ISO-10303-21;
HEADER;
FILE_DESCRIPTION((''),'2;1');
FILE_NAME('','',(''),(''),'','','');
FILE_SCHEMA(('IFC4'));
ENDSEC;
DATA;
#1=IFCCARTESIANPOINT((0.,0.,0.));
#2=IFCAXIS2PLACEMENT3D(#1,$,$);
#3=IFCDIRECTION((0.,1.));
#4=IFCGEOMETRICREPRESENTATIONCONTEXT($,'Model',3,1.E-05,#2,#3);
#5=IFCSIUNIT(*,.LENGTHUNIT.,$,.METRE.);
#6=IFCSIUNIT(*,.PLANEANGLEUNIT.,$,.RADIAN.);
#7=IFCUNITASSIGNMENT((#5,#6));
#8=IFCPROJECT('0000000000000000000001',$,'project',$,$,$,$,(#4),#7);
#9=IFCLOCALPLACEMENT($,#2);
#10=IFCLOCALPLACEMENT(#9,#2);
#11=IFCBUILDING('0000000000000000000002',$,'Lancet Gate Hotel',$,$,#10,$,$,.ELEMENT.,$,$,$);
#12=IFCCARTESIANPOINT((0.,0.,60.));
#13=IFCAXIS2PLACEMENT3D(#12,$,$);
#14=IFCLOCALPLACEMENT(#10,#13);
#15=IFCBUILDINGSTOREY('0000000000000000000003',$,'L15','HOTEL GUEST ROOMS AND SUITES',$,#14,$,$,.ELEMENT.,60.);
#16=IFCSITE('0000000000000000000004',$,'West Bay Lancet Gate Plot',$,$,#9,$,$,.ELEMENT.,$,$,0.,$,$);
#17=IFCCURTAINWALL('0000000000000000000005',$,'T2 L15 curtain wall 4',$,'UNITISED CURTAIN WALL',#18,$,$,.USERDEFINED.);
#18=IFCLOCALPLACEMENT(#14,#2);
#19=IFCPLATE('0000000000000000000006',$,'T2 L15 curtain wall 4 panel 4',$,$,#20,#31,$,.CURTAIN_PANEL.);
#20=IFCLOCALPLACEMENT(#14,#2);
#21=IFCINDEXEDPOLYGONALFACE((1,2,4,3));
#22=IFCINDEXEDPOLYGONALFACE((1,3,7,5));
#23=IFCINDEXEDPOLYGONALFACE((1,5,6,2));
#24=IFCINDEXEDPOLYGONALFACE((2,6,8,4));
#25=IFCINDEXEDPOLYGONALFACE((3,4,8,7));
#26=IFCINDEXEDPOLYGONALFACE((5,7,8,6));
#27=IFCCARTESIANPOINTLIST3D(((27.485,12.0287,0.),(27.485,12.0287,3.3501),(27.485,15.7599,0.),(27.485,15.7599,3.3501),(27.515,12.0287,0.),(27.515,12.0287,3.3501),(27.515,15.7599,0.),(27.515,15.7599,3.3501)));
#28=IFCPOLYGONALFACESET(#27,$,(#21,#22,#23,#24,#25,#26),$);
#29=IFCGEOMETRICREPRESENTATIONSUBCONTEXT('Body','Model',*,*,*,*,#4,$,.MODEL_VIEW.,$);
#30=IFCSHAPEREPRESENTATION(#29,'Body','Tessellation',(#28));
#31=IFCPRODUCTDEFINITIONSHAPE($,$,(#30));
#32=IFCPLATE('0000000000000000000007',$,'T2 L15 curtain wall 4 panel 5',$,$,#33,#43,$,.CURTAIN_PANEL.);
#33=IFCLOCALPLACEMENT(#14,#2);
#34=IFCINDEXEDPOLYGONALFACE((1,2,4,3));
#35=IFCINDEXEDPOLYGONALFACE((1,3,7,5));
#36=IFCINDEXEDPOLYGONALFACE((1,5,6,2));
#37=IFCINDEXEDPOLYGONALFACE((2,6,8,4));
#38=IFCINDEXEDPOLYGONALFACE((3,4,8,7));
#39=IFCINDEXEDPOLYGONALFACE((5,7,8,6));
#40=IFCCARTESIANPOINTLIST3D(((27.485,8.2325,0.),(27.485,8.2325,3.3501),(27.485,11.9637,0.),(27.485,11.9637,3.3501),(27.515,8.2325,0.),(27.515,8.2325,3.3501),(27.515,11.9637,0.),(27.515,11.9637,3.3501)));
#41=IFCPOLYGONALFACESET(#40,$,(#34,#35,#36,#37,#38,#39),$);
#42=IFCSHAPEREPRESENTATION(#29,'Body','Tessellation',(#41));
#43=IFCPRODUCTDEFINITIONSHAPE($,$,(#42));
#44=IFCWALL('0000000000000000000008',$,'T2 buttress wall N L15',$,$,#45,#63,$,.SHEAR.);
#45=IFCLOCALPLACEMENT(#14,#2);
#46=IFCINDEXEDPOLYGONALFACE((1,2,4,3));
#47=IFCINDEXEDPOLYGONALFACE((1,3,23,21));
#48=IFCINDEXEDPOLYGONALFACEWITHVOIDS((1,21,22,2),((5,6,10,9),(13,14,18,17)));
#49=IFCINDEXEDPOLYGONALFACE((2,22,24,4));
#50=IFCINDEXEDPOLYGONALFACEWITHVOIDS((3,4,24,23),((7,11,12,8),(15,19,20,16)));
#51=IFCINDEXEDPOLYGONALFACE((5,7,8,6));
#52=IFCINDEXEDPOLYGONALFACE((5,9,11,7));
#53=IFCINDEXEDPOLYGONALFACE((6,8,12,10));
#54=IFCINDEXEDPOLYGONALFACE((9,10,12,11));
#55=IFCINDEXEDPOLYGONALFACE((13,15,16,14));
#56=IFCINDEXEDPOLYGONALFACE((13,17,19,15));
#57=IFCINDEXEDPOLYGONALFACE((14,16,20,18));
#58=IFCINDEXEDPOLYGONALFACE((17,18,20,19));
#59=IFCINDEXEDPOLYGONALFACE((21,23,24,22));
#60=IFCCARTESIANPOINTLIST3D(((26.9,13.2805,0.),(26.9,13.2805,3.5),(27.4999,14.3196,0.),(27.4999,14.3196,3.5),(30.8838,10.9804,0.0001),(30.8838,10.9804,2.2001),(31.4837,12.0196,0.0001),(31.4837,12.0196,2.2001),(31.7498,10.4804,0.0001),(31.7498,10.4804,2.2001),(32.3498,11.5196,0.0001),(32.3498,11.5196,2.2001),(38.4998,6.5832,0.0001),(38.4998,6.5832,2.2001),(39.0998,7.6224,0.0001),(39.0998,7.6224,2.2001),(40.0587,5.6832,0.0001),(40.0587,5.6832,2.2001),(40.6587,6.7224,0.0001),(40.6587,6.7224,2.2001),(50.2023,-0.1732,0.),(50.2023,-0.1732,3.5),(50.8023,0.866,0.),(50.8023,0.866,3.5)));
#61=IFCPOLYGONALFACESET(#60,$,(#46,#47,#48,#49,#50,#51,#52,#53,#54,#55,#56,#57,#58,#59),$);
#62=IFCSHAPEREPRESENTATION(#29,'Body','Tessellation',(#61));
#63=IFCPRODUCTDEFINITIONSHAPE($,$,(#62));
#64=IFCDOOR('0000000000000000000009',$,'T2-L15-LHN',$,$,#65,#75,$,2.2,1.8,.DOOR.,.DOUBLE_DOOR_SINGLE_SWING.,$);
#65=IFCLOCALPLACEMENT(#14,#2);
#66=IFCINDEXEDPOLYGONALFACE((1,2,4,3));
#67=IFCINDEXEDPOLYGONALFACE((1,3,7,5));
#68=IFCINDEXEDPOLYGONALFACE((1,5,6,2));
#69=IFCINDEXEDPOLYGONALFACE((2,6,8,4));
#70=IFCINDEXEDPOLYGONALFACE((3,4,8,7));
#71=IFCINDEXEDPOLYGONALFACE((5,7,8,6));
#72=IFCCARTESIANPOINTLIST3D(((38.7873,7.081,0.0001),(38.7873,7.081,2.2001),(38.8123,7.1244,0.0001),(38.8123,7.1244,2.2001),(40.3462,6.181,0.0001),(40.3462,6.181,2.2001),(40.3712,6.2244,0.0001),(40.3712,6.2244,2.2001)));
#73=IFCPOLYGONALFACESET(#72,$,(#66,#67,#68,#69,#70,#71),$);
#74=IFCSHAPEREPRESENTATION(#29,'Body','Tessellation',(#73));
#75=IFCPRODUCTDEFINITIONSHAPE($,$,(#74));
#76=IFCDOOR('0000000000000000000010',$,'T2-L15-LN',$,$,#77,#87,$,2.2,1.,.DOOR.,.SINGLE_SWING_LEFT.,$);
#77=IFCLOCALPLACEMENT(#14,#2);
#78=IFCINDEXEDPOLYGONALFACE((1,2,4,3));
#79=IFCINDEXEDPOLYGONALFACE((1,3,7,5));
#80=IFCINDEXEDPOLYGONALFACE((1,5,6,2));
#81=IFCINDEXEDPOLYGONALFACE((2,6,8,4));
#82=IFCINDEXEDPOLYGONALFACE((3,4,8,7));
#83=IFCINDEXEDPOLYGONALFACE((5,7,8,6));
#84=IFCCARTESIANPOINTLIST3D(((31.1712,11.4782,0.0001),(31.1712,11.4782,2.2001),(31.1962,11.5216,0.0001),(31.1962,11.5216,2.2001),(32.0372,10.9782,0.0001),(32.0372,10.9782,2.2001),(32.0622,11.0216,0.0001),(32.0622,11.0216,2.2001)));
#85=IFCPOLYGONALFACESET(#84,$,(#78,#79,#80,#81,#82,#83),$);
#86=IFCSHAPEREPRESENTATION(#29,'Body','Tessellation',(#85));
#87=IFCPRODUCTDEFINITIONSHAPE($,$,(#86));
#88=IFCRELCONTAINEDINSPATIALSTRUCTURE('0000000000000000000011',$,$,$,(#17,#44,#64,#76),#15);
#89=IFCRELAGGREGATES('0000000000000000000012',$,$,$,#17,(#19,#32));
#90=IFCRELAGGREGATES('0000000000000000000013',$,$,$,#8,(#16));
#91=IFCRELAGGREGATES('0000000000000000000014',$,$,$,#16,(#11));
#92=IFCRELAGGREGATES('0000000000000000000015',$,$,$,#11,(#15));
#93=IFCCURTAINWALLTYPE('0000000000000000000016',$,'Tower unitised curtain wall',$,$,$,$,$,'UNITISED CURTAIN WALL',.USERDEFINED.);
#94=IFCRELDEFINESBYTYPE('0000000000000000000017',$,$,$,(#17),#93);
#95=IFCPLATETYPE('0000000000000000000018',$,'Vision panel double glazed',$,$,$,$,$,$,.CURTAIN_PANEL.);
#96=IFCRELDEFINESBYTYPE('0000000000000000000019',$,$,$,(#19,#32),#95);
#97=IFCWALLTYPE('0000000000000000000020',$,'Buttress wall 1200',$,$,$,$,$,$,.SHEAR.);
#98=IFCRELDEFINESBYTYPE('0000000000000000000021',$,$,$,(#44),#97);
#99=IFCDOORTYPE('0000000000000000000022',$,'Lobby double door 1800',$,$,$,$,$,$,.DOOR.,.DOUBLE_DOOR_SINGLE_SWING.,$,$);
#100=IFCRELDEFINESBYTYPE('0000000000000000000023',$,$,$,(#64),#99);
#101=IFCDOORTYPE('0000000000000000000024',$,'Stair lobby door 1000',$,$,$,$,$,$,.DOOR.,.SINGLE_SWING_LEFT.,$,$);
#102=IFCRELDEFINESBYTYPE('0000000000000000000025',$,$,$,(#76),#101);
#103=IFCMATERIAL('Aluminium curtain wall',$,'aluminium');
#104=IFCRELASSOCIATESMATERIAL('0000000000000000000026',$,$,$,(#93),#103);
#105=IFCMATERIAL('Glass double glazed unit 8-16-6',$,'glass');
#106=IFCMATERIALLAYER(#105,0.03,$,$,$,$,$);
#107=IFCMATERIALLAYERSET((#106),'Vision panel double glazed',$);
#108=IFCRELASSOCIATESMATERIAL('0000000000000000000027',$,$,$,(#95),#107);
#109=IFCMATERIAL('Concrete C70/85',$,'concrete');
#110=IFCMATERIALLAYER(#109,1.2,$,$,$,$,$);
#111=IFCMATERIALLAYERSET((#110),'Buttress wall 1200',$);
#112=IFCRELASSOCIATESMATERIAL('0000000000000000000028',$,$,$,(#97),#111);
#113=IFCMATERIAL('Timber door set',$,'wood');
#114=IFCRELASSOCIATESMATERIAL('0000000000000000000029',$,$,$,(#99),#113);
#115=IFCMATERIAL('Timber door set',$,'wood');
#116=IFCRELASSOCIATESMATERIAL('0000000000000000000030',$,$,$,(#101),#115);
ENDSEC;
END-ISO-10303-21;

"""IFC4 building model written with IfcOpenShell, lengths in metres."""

from ifc_helpers import new_model, si_unit, direction, frame, frame_2d, origin, origin_2d, place, context, subcontext, project, spatial, rectangle, extrude, material, layer, layer_set, type_object, element, fill, aggregate, save


model = new_model("IFC4")

# Units and contexts
model_context = context("Model", 3, precision=1e-05, world=origin(), true_north=direction((0.0, 1.0)))
body_context = subcontext(model_context, "Body", "Model", "MODEL_VIEW")
ifc_project = project(units=[si_unit("LENGTHUNIT", "METRE"), si_unit("PLANEANGLEUNIT", "RADIAN")], contexts=[model_context])

# Site, building, storey
site_placement = place(None, origin())
site = spatial("IfcSite", under=ifc_project, at=site_placement, Name="West Bay Lancet Gate Plot", CompositionType="ELEMENT", RefElevation=0.0)
building_placement = place(site_placement, origin())
building = spatial("IfcBuilding", under=site, at=building_placement, Name="Lancet Gate Hotel", CompositionType="ELEMENT")
storey_placement = place(building_placement, frame((0.0, 0.0, 60.0)))
storey = spatial("IfcBuildingStorey", under=building, at=storey_placement, Name="L15", Description="HOTEL GUEST ROOMS AND SUITES", CompositionType="ELEMENT", Elevation=60.0)

# Curtain wall
ifc_material_1 = material(Name="Aluminium curtain wall", Category="aluminium")
curtain_wall_type = type_object("IfcCurtainWallType", Name="Tower unitised curtain wall", ElementType="UNITISED CURTAIN WALL", PredefinedType="USERDEFINED", material=ifc_material_1)
curtain_wall_placement = place(storey_placement, origin())
curtain_wall = element("IfcCurtainWall", 1, at=curtain_wall_placement, inside=storey, type_object=curtain_wall_type, Name="T2 L15 curtain wall 4", ObjectType="UNITISED CURTAIN WALL", PredefinedType="USERDEFINED")

# Plates
ifc_material_2 = material(Name="Glass double glazed unit 8-16-6", Category="glass")
ifc_layer_1 = layer(ifc_material_2, 0.03)
ifc_layer_set_1 = layer_set([ifc_layer_1], Name="Vision panel double glazed")
plate_type = type_object("IfcPlateType", Name="Vision panel double glazed", PredefinedType="CURTAIN_PANEL", material=ifc_layer_set_1)
plate_1_placement = place(storey_placement, frame((27.5, 13.8943, 0.0), z_axis=(0.0, 0.0, 1.0), x_axis=(0.0, -1.0, 0.0)))
plate_1 = element("IfcPlate", 2, at=plate_1_placement, type_object=plate_type, Name="T2 L15 curtain wall 4 panel 4", PredefinedType="CURTAIN_PANEL", context=body_context, shape_type="SweptSolid", body=[
    extrude(rectangle(XDim=3.7312, YDim=0.03, at=origin_2d()), origin(), (0.0, 0.0, 1.0), 3.3501),
])
plate_2_placement = place(storey_placement, frame((27.5, 10.0981, 0.0), z_axis=(0.0, 0.0, 1.0), x_axis=(0.0, -1.0, 0.0)))
plate_2 = element("IfcPlate", 3, at=plate_2_placement, type_object=plate_type, Name="T2 L15 curtain wall 4 panel 5", PredefinedType="CURTAIN_PANEL", context=body_context, shape_type="SweptSolid", body=[
    extrude(rectangle(XDim=3.7312, YDim=0.03, at=origin_2d()), origin(), (0.0, 0.0, 1.0), 3.3501),
])
aggregate(curtain_wall, [plate_1, plate_2])

# Wall, openings, doors
ifc_material_3 = material(Name="Concrete C70/85", Category="concrete")
ifc_layer_2 = layer(ifc_material_3, 1.2)
ifc_layer_set_2 = layer_set([ifc_layer_2], Name="Buttress wall 1200")
wall_type = type_object("IfcWallType", Name="Buttress wall 1200", PredefinedType="SHEAR", material=ifc_layer_set_2)
wall_placement = place(storey_placement, frame((27.2, 13.8, 0.0), z_axis=(0.0, 0.0, 1.0), x_axis=(0.866025, -0.500002, 0.0)))
wall = element("IfcWall", 4, at=wall_placement, inside=storey, type_object=wall_type, Name="T2 buttress wall N L15", PredefinedType="SHEAR", context=body_context, shape_type="SweptSolid", body=[
    extrude(rectangle(XDim=26.9072, YDim=1.2, at=frame_2d((13.4536, 0.0))), origin(), (0.0, 0.0, 1.0), 3.5),
])
opening_1_placement = place(wall_placement, frame((4.6001, 0.0, 0.0)))
opening_1 = element("IfcOpeningElement", 5, at=opening_1_placement, cuts=wall, PredefinedType="OPENING", context=body_context, shape_type="SweptSolid", body=[
    extrude(rectangle(XDim=1.0, YDim=2.2, at=frame_2d((0.5, 1.1001))), frame((0.0, 0.6099, 0.0), z_axis=(0.0, -1.0, 0.0), x_axis=(1.0, 0.0, 0.0)), (0.0, 0.0, 1.0), 1.22),
])
opening_2_placement = place(wall_placement, frame((13.3945, 0.0, 0.0)))
opening_2 = element("IfcOpeningElement", 6, at=opening_2_placement, cuts=wall, PredefinedType="OPENING", context=body_context, shape_type="SweptSolid", body=[
    extrude(rectangle(XDim=1.8, YDim=2.2, at=frame_2d((0.8999, 1.1001))), frame((0.0, 0.6099, 0.0), z_axis=(0.0, -1.0, 0.0), x_axis=(1.0, 0.0, 0.0)), (0.0, 0.0, 1.0), 1.22),
])
ifc_material_4 = material(Name="Timber door set", Category="wood")
door_type_1 = type_object("IfcDoorType", Name="Lobby double door 1800", OperationType="DOUBLE_DOOR_SINGLE_SWING", PredefinedType="DOOR", material=ifc_material_4)
door_1_placement = place(opening_2_placement, origin())
door_1 = element("IfcDoor", 7, at=door_1_placement, inside=storey, type_object=door_type_1, Name="T2-L15-LHN", OperationType="DOUBLE_DOOR_SINGLE_SWING", OverallHeight=2.2, OverallWidth=1.8, PredefinedType="DOOR", context=body_context, shape_type="SweptSolid", body=[
    extrude(rectangle(XDim=1.8, YDim=2.2, at=frame_2d((0.8999, 1.1001))), frame((0.0, 0.0249, 0.0), z_axis=(0.0, -1.0, 0.0), x_axis=(1.0, 0.0, 0.0)), (0.0, 0.0, 1.0), 0.05),
])
fill(opening_2, door_1)
ifc_material_5 = material(Name="Timber door set", Category="wood")
door_type_2 = type_object("IfcDoorType", Name="Stair lobby door 1000", OperationType="SINGLE_SWING_LEFT", PredefinedType="DOOR", material=ifc_material_5)
door_2_placement = place(opening_1_placement, origin())
door_2 = element("IfcDoor", 8, at=door_2_placement, inside=storey, type_object=door_type_2, Name="T2-L15-LN", OperationType="SINGLE_SWING_LEFT", OverallHeight=2.2, OverallWidth=1.0, PredefinedType="DOOR", context=body_context, shape_type="SweptSolid", body=[
    extrude(rectangle(XDim=1.0, YDim=2.2, at=frame_2d((0.5, 1.1001))), frame((0.0, 0.0249, 0.0), z_axis=(0.0, -1.0, 0.0), x_axis=(1.0, 0.0, 0.0)), (0.0, 0.0, 1.0), 0.05),
])
fill(opening_1, door_2)

save(model, "model.ifc")
